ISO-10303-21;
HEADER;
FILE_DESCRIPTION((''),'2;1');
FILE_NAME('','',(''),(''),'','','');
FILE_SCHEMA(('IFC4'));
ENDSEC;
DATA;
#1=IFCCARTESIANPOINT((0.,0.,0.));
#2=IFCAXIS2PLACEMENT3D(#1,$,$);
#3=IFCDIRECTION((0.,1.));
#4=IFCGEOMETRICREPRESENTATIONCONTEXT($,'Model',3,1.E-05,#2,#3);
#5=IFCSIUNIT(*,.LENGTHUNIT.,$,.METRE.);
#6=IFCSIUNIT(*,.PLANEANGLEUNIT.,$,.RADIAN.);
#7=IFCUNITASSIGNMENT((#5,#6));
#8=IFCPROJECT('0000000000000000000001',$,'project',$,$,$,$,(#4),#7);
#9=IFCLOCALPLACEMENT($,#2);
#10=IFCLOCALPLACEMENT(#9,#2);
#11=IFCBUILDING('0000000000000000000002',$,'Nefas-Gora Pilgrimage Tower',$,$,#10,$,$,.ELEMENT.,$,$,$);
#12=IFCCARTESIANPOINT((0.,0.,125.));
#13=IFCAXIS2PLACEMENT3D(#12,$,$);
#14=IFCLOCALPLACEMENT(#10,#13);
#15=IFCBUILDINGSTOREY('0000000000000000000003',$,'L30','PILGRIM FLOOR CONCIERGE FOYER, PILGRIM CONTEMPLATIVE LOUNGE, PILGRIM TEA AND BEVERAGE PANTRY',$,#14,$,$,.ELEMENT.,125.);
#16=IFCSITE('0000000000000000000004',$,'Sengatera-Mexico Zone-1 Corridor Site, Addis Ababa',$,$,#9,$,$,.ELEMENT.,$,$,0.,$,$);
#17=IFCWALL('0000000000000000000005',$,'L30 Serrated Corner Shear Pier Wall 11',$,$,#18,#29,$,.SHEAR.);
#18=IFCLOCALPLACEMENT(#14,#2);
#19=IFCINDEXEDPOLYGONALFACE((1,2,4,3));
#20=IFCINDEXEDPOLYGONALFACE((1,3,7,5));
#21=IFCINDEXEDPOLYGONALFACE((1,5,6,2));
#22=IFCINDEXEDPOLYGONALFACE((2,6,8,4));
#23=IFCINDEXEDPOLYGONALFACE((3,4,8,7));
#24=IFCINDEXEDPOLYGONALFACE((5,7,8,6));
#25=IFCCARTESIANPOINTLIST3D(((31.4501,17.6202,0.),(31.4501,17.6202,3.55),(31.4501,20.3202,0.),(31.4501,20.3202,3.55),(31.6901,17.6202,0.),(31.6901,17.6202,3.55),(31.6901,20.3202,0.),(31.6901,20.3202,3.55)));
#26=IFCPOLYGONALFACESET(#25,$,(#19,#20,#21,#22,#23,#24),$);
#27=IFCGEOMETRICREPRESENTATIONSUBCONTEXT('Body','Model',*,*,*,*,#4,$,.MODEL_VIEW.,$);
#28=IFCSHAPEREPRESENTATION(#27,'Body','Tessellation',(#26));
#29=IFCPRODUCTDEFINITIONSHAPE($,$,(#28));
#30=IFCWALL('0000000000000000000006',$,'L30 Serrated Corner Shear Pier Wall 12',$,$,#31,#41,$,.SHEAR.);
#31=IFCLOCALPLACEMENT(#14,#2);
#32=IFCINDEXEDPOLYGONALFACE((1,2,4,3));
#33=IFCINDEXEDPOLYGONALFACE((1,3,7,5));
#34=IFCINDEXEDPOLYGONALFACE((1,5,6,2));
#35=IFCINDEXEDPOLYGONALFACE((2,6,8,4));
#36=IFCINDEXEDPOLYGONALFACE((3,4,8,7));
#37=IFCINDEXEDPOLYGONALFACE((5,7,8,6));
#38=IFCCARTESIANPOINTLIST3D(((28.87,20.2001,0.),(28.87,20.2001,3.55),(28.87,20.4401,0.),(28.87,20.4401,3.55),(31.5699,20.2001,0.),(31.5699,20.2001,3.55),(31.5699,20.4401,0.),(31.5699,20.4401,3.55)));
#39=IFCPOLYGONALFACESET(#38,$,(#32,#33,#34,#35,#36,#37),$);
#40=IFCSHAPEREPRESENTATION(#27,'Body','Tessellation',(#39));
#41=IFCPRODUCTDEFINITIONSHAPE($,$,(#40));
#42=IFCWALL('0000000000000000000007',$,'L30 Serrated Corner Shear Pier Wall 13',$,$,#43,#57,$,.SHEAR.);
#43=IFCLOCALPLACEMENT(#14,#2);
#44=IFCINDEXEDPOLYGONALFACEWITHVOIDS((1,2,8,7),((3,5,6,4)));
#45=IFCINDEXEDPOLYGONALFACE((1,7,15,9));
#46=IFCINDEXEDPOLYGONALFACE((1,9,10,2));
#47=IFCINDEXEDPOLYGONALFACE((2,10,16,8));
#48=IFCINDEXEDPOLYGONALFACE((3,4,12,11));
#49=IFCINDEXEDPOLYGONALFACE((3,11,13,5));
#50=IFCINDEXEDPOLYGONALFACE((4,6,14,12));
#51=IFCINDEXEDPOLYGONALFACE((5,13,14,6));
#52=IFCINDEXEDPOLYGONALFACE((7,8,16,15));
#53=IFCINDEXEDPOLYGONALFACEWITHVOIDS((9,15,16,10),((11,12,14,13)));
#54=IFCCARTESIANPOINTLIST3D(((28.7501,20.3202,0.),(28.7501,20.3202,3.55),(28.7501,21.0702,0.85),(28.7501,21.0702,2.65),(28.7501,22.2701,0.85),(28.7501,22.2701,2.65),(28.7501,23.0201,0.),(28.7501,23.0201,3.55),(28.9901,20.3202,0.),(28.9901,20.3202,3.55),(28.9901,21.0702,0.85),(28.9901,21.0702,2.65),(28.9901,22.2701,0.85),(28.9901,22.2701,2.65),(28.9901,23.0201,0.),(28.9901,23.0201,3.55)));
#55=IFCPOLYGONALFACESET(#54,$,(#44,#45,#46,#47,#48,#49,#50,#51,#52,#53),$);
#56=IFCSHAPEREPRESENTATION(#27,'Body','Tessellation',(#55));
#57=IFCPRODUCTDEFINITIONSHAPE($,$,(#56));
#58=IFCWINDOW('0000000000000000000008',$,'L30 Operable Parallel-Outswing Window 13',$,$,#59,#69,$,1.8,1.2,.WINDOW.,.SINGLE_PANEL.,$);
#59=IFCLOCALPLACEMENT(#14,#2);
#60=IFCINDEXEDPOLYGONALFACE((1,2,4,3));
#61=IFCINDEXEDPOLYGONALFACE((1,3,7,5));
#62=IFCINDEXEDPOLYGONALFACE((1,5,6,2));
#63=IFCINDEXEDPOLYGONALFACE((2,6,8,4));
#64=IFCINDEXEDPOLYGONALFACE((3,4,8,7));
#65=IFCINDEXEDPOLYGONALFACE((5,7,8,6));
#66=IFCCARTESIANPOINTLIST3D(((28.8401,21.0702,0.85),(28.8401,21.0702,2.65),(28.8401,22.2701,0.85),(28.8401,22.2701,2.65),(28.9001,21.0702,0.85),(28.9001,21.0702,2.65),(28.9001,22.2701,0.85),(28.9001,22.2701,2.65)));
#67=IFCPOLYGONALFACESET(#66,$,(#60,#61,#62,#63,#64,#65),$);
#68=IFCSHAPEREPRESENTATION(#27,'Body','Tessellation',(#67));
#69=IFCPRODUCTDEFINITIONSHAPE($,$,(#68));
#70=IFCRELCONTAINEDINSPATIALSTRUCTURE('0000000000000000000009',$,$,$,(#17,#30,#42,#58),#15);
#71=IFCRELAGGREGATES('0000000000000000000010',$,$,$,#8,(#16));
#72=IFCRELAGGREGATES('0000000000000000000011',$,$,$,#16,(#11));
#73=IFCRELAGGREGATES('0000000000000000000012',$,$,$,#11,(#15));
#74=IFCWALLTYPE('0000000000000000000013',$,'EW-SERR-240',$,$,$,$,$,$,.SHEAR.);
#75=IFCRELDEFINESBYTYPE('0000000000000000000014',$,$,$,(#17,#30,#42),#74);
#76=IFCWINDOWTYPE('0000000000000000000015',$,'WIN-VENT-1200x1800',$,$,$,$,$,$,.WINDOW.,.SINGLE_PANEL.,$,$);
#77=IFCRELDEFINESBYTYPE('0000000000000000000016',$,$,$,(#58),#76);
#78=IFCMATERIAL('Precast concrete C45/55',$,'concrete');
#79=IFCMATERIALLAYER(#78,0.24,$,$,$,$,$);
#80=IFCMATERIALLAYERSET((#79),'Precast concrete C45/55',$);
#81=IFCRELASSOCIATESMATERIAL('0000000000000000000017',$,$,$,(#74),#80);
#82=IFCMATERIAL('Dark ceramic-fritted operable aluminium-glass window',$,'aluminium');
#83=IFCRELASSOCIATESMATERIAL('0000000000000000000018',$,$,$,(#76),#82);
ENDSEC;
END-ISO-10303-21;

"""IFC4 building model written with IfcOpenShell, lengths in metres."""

from ifc_helpers import new_model, si_unit, direction, frame, frame_2d, origin, place, context, subcontext, project, spatial, rectangle, extrude, source, transform, mapped, material, layer, layer_set, type_object, element, fill, save


model = new_model("IFC4")

# Units and contexts
model_context = context("Model", 3, precision=1e-05, world=origin(), true_north=direction((0.0, 1.0)))
body_context = subcontext(model_context, "Body", "Model", "MODEL_VIEW")
ifc_project = project(units=[si_unit("LENGTHUNIT", "METRE"), si_unit("PLANEANGLEUNIT", "RADIAN")], contexts=[model_context])

# Site, building, storey
site_placement = place(None, origin())
site = spatial("IfcSite", under=ifc_project, at=site_placement, Name="Sengatera-Mexico Zone-1 Corridor Site, Addis Ababa", CompositionType="ELEMENT", RefElevation=0.0)
building_placement = place(site_placement, origin())
building = spatial("IfcBuilding", under=site, at=building_placement, Name="Nefas-Gora Pilgrimage Tower", CompositionType="ELEMENT")
storey_placement = place(building_placement, frame((0.0, 0.0, 125.0)))
storey = spatial("IfcBuildingStorey", under=building, at=storey_placement, Name="L30", Description="PILGRIM FLOOR CONCIERGE FOYER, PILGRIM CONTEMPLATIVE LOUNGE, PILGRIM TEA AND BEVERAGE PANTRY", CompositionType="ELEMENT", Elevation=125.0)

# Walls
ifc_material_1 = material(Name="Precast concrete C45/55", Category="concrete")
ifc_layer_1 = layer(ifc_material_1, 0.24)
ifc_layer_set_1 = layer_set([ifc_layer_1], Name="Precast concrete C45/55")
wall_type = type_object("IfcWallType", Name="EW-SERR-240", PredefinedType="SHEAR", material=ifc_layer_set_1)
shared_shape_1 = source(origin(), body_context, "Body", "SweptSolid", [
    extrude(rectangle(XDim=2.7, YDim=0.24, at=frame_2d((1.3501, 0.0))), origin(), (0.0, 0.0, 1.0), 3.55),
])
for number, where, z_axis, x_axis, name in (
    (1, (31.5701, 17.6201, 0.0), (0.0, 0.0, 1.0), (0.0, 1.0, 0.0), "L30 Serrated Corner Shear Pier Wall 11"),
    (2, (31.5701, 20.3201, 0.0), (0.0, 0.0, 1.0), (-1.0, 0.0, 0.0), "L30 Serrated Corner Shear Pier Wall 12"),
):
    element("IfcWall", number, at=place(storey_placement, frame(where, z_axis=z_axis, x_axis=x_axis)), inside=storey, type_object=wall_type, Name=name, PredefinedType="SHEAR", context=body_context, shape_type="MappedRepresentation", body=[
        mapped(shared_shape_1, transform((0.0, 0.0, 0.0), x_axis=(1.0, 0.0, 0.0), y_axis=(0.0, 1.0, 0.0), z_axis=(0.0, 0.0, 1.0), scale=1.0)),
    ])

# Wall, opening, window
wall_placement = place(storey_placement, frame((28.8701, 20.3201, 0.0), z_axis=(0.0, 0.0, 1.0), x_axis=(0.0, 1.0, 0.0)))
wall = element("IfcWall", 3, at=wall_placement, inside=storey, type_object=wall_type, Name="L30 Serrated Corner Shear Pier Wall 13", PredefinedType="SHEAR", context=body_context, shape_type="MappedRepresentation", body=[
    mapped(shared_shape_1, transform((0.0, 0.0, 0.0), x_axis=(1.0, 0.0, 0.0), y_axis=(0.0, 1.0, 0.0), z_axis=(0.0, 0.0, 1.0), scale=1.0)),
])
opening_placement = place(wall_placement, frame((0.75, 0.0, 0.8501)))
opening = element("IfcOpeningElement", 4, at=opening_placement, cuts=wall, PredefinedType="OPENING", context=body_context, shape_type="SweptSolid", body=[
    extrude(rectangle(XDim=1.2, YDim=1.8, at=frame_2d((0.6001, 0.8999))), frame((0.0, 0.1299, 0.0), z_axis=(0.0, -1.0, 0.0), x_axis=(1.0, 0.0, 0.0)), (0.0, 0.0, 1.0), 0.26),
])
ifc_material_2 = material(Name="Dark ceramic-fritted operable aluminium-glass window", Category="aluminium")
window_type = type_object("IfcWindowType", Name="WIN-VENT-1200x1800", PartitioningType="SINGLE_PANEL", PredefinedType="WINDOW", material=ifc_material_2)
shared_shape_2 = source(origin(), body_context, "Body", "SweptSolid", [
    extrude(rectangle(XDim=1.2, YDim=1.8, at=frame_2d((0.6001, 0.8999))), frame((0.0, 0.03, 0.0), z_axis=(0.0, -1.0, 0.0), x_axis=(1.0, 0.0, 0.0)), (0.0, 0.0, 1.0), 0.0601),
])
window_placement = place(opening_placement, origin())
window = element("IfcWindow", 5, at=window_placement, inside=storey, type_object=window_type, Name="L30 Operable Parallel-Outswing Window 13", OverallHeight=1.8, OverallWidth=1.2, PartitioningType="SINGLE_PANEL", PredefinedType="WINDOW", context=body_context, shape_type="MappedRepresentation", body=[
    mapped(shared_shape_2, transform((0.0, 0.0, 0.0), x_axis=(1.0, 0.0, 0.0), y_axis=(0.0, 1.0, 0.0), z_axis=(0.0, 0.0, 1.0), scale=1.0)),
])
fill(opening, window)

save(model, "model.ifc")
